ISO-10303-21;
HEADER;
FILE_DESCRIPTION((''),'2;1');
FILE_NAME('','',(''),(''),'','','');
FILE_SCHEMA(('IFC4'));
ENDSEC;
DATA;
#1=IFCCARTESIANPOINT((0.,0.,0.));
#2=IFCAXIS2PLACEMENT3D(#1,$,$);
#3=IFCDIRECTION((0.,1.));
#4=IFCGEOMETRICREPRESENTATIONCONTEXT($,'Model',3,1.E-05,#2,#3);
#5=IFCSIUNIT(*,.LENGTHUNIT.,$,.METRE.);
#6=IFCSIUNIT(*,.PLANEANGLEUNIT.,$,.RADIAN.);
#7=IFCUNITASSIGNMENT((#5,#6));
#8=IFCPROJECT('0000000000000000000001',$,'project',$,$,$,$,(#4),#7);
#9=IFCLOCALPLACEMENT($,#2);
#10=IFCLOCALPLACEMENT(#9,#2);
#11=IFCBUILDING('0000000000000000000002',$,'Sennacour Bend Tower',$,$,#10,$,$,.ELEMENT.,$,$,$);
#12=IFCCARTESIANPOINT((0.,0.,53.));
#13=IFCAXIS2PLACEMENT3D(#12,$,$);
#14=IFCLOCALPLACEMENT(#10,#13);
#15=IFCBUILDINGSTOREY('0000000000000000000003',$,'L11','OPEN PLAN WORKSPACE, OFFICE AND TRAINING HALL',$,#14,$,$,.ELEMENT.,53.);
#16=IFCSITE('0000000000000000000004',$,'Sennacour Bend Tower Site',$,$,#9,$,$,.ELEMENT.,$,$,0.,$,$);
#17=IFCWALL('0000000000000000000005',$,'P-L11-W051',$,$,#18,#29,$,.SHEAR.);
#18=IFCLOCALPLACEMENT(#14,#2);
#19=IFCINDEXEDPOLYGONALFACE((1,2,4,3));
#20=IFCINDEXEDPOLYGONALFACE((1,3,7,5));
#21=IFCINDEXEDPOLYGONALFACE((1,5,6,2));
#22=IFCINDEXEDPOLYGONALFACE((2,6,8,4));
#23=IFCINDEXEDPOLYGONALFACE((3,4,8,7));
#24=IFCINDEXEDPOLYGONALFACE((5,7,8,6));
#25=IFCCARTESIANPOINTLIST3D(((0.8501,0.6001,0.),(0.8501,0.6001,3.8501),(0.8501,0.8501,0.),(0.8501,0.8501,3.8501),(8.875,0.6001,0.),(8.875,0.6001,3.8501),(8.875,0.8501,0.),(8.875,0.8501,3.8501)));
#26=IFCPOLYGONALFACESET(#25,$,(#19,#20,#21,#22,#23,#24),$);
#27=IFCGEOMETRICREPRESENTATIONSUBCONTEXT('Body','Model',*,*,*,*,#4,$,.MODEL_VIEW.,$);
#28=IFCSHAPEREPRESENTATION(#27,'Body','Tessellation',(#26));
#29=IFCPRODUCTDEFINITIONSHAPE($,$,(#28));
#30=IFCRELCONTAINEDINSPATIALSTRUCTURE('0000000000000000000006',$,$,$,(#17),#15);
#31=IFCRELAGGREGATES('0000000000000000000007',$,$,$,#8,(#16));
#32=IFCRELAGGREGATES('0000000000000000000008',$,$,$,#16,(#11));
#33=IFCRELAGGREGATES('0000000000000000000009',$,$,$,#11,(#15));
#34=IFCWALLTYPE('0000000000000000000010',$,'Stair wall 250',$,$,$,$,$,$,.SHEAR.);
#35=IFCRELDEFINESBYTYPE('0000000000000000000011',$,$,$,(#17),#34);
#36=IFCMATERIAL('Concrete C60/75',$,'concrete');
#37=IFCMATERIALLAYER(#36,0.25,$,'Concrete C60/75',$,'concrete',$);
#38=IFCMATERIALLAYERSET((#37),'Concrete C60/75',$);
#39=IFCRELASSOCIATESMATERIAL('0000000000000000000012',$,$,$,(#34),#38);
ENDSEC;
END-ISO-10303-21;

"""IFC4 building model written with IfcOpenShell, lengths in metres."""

from ifc_helpers import new_model, si_unit, direction, frame, frame_2d, origin, place, context, subcontext, project, spatial, rectangle, extrude, material, layer, layer_set, type_object, element, save


model = new_model("IFC4")

# Units and contexts
model_context = context("Model", 3, precision=1e-05, world=origin(), true_north=direction((0.0, 1.0)))
body_context = subcontext(model_context, "Body", "Model", "MODEL_VIEW")
ifc_project = project(units=[si_unit("LENGTHUNIT", "METRE"), si_unit("PLANEANGLEUNIT", "RADIAN")], contexts=[model_context])

# Site, building, storey
site_placement = place(None, origin())
site = spatial("IfcSite", under=ifc_project, at=site_placement, Name="Sennacour Bend Tower Site", CompositionType="ELEMENT", RefElevation=0.0)
building_placement = place(site_placement, origin())
building = spatial("IfcBuilding", under=site, at=building_placement, Name="Sennacour Bend Tower", CompositionType="ELEMENT")
storey_placement = place(building_placement, frame((0.0, 0.0, 53.0)))
storey = spatial("IfcBuildingStorey", under=building, at=storey_placement, Name="L11", Description="OPEN PLAN WORKSPACE, OFFICE AND TRAINING HALL", CompositionType="ELEMENT", Elevation=53.0)

# Wall
ifc_material_1 = material(Name="Concrete C60/75", Category="concrete")
ifc_layer_1 = layer(ifc_material_1, 0.25, Name="Concrete C60/75", Category="concrete")
ifc_layer_set_1 = layer_set([ifc_layer_1], Name="Concrete C60/75")
wall_type_1 = type_object("IfcWallType", Name="Stair wall 250", PredefinedType="SHEAR", material=ifc_layer_set_1)
wall_1_placement = place(storey_placement, frame((0.8501, 0.7251, 0.0), z_axis=(0.0, 0.0, 1.0), x_axis=(1.0, 0.0, 0.0)))
element("IfcWall", 1, at=wall_1_placement, inside=storey, type_object=wall_type_1, Name="P-L11-W051", PredefinedType="SHEAR", context=body_context, shape_type="SweptSolid", body=[
    extrude(rectangle(XDim=8.0249, YDim=0.25, at=frame_2d((4.0125, 0.0))), origin(), (0.0, 0.0, 1.0), 3.8501),
])

save(model, "model.ifc")
